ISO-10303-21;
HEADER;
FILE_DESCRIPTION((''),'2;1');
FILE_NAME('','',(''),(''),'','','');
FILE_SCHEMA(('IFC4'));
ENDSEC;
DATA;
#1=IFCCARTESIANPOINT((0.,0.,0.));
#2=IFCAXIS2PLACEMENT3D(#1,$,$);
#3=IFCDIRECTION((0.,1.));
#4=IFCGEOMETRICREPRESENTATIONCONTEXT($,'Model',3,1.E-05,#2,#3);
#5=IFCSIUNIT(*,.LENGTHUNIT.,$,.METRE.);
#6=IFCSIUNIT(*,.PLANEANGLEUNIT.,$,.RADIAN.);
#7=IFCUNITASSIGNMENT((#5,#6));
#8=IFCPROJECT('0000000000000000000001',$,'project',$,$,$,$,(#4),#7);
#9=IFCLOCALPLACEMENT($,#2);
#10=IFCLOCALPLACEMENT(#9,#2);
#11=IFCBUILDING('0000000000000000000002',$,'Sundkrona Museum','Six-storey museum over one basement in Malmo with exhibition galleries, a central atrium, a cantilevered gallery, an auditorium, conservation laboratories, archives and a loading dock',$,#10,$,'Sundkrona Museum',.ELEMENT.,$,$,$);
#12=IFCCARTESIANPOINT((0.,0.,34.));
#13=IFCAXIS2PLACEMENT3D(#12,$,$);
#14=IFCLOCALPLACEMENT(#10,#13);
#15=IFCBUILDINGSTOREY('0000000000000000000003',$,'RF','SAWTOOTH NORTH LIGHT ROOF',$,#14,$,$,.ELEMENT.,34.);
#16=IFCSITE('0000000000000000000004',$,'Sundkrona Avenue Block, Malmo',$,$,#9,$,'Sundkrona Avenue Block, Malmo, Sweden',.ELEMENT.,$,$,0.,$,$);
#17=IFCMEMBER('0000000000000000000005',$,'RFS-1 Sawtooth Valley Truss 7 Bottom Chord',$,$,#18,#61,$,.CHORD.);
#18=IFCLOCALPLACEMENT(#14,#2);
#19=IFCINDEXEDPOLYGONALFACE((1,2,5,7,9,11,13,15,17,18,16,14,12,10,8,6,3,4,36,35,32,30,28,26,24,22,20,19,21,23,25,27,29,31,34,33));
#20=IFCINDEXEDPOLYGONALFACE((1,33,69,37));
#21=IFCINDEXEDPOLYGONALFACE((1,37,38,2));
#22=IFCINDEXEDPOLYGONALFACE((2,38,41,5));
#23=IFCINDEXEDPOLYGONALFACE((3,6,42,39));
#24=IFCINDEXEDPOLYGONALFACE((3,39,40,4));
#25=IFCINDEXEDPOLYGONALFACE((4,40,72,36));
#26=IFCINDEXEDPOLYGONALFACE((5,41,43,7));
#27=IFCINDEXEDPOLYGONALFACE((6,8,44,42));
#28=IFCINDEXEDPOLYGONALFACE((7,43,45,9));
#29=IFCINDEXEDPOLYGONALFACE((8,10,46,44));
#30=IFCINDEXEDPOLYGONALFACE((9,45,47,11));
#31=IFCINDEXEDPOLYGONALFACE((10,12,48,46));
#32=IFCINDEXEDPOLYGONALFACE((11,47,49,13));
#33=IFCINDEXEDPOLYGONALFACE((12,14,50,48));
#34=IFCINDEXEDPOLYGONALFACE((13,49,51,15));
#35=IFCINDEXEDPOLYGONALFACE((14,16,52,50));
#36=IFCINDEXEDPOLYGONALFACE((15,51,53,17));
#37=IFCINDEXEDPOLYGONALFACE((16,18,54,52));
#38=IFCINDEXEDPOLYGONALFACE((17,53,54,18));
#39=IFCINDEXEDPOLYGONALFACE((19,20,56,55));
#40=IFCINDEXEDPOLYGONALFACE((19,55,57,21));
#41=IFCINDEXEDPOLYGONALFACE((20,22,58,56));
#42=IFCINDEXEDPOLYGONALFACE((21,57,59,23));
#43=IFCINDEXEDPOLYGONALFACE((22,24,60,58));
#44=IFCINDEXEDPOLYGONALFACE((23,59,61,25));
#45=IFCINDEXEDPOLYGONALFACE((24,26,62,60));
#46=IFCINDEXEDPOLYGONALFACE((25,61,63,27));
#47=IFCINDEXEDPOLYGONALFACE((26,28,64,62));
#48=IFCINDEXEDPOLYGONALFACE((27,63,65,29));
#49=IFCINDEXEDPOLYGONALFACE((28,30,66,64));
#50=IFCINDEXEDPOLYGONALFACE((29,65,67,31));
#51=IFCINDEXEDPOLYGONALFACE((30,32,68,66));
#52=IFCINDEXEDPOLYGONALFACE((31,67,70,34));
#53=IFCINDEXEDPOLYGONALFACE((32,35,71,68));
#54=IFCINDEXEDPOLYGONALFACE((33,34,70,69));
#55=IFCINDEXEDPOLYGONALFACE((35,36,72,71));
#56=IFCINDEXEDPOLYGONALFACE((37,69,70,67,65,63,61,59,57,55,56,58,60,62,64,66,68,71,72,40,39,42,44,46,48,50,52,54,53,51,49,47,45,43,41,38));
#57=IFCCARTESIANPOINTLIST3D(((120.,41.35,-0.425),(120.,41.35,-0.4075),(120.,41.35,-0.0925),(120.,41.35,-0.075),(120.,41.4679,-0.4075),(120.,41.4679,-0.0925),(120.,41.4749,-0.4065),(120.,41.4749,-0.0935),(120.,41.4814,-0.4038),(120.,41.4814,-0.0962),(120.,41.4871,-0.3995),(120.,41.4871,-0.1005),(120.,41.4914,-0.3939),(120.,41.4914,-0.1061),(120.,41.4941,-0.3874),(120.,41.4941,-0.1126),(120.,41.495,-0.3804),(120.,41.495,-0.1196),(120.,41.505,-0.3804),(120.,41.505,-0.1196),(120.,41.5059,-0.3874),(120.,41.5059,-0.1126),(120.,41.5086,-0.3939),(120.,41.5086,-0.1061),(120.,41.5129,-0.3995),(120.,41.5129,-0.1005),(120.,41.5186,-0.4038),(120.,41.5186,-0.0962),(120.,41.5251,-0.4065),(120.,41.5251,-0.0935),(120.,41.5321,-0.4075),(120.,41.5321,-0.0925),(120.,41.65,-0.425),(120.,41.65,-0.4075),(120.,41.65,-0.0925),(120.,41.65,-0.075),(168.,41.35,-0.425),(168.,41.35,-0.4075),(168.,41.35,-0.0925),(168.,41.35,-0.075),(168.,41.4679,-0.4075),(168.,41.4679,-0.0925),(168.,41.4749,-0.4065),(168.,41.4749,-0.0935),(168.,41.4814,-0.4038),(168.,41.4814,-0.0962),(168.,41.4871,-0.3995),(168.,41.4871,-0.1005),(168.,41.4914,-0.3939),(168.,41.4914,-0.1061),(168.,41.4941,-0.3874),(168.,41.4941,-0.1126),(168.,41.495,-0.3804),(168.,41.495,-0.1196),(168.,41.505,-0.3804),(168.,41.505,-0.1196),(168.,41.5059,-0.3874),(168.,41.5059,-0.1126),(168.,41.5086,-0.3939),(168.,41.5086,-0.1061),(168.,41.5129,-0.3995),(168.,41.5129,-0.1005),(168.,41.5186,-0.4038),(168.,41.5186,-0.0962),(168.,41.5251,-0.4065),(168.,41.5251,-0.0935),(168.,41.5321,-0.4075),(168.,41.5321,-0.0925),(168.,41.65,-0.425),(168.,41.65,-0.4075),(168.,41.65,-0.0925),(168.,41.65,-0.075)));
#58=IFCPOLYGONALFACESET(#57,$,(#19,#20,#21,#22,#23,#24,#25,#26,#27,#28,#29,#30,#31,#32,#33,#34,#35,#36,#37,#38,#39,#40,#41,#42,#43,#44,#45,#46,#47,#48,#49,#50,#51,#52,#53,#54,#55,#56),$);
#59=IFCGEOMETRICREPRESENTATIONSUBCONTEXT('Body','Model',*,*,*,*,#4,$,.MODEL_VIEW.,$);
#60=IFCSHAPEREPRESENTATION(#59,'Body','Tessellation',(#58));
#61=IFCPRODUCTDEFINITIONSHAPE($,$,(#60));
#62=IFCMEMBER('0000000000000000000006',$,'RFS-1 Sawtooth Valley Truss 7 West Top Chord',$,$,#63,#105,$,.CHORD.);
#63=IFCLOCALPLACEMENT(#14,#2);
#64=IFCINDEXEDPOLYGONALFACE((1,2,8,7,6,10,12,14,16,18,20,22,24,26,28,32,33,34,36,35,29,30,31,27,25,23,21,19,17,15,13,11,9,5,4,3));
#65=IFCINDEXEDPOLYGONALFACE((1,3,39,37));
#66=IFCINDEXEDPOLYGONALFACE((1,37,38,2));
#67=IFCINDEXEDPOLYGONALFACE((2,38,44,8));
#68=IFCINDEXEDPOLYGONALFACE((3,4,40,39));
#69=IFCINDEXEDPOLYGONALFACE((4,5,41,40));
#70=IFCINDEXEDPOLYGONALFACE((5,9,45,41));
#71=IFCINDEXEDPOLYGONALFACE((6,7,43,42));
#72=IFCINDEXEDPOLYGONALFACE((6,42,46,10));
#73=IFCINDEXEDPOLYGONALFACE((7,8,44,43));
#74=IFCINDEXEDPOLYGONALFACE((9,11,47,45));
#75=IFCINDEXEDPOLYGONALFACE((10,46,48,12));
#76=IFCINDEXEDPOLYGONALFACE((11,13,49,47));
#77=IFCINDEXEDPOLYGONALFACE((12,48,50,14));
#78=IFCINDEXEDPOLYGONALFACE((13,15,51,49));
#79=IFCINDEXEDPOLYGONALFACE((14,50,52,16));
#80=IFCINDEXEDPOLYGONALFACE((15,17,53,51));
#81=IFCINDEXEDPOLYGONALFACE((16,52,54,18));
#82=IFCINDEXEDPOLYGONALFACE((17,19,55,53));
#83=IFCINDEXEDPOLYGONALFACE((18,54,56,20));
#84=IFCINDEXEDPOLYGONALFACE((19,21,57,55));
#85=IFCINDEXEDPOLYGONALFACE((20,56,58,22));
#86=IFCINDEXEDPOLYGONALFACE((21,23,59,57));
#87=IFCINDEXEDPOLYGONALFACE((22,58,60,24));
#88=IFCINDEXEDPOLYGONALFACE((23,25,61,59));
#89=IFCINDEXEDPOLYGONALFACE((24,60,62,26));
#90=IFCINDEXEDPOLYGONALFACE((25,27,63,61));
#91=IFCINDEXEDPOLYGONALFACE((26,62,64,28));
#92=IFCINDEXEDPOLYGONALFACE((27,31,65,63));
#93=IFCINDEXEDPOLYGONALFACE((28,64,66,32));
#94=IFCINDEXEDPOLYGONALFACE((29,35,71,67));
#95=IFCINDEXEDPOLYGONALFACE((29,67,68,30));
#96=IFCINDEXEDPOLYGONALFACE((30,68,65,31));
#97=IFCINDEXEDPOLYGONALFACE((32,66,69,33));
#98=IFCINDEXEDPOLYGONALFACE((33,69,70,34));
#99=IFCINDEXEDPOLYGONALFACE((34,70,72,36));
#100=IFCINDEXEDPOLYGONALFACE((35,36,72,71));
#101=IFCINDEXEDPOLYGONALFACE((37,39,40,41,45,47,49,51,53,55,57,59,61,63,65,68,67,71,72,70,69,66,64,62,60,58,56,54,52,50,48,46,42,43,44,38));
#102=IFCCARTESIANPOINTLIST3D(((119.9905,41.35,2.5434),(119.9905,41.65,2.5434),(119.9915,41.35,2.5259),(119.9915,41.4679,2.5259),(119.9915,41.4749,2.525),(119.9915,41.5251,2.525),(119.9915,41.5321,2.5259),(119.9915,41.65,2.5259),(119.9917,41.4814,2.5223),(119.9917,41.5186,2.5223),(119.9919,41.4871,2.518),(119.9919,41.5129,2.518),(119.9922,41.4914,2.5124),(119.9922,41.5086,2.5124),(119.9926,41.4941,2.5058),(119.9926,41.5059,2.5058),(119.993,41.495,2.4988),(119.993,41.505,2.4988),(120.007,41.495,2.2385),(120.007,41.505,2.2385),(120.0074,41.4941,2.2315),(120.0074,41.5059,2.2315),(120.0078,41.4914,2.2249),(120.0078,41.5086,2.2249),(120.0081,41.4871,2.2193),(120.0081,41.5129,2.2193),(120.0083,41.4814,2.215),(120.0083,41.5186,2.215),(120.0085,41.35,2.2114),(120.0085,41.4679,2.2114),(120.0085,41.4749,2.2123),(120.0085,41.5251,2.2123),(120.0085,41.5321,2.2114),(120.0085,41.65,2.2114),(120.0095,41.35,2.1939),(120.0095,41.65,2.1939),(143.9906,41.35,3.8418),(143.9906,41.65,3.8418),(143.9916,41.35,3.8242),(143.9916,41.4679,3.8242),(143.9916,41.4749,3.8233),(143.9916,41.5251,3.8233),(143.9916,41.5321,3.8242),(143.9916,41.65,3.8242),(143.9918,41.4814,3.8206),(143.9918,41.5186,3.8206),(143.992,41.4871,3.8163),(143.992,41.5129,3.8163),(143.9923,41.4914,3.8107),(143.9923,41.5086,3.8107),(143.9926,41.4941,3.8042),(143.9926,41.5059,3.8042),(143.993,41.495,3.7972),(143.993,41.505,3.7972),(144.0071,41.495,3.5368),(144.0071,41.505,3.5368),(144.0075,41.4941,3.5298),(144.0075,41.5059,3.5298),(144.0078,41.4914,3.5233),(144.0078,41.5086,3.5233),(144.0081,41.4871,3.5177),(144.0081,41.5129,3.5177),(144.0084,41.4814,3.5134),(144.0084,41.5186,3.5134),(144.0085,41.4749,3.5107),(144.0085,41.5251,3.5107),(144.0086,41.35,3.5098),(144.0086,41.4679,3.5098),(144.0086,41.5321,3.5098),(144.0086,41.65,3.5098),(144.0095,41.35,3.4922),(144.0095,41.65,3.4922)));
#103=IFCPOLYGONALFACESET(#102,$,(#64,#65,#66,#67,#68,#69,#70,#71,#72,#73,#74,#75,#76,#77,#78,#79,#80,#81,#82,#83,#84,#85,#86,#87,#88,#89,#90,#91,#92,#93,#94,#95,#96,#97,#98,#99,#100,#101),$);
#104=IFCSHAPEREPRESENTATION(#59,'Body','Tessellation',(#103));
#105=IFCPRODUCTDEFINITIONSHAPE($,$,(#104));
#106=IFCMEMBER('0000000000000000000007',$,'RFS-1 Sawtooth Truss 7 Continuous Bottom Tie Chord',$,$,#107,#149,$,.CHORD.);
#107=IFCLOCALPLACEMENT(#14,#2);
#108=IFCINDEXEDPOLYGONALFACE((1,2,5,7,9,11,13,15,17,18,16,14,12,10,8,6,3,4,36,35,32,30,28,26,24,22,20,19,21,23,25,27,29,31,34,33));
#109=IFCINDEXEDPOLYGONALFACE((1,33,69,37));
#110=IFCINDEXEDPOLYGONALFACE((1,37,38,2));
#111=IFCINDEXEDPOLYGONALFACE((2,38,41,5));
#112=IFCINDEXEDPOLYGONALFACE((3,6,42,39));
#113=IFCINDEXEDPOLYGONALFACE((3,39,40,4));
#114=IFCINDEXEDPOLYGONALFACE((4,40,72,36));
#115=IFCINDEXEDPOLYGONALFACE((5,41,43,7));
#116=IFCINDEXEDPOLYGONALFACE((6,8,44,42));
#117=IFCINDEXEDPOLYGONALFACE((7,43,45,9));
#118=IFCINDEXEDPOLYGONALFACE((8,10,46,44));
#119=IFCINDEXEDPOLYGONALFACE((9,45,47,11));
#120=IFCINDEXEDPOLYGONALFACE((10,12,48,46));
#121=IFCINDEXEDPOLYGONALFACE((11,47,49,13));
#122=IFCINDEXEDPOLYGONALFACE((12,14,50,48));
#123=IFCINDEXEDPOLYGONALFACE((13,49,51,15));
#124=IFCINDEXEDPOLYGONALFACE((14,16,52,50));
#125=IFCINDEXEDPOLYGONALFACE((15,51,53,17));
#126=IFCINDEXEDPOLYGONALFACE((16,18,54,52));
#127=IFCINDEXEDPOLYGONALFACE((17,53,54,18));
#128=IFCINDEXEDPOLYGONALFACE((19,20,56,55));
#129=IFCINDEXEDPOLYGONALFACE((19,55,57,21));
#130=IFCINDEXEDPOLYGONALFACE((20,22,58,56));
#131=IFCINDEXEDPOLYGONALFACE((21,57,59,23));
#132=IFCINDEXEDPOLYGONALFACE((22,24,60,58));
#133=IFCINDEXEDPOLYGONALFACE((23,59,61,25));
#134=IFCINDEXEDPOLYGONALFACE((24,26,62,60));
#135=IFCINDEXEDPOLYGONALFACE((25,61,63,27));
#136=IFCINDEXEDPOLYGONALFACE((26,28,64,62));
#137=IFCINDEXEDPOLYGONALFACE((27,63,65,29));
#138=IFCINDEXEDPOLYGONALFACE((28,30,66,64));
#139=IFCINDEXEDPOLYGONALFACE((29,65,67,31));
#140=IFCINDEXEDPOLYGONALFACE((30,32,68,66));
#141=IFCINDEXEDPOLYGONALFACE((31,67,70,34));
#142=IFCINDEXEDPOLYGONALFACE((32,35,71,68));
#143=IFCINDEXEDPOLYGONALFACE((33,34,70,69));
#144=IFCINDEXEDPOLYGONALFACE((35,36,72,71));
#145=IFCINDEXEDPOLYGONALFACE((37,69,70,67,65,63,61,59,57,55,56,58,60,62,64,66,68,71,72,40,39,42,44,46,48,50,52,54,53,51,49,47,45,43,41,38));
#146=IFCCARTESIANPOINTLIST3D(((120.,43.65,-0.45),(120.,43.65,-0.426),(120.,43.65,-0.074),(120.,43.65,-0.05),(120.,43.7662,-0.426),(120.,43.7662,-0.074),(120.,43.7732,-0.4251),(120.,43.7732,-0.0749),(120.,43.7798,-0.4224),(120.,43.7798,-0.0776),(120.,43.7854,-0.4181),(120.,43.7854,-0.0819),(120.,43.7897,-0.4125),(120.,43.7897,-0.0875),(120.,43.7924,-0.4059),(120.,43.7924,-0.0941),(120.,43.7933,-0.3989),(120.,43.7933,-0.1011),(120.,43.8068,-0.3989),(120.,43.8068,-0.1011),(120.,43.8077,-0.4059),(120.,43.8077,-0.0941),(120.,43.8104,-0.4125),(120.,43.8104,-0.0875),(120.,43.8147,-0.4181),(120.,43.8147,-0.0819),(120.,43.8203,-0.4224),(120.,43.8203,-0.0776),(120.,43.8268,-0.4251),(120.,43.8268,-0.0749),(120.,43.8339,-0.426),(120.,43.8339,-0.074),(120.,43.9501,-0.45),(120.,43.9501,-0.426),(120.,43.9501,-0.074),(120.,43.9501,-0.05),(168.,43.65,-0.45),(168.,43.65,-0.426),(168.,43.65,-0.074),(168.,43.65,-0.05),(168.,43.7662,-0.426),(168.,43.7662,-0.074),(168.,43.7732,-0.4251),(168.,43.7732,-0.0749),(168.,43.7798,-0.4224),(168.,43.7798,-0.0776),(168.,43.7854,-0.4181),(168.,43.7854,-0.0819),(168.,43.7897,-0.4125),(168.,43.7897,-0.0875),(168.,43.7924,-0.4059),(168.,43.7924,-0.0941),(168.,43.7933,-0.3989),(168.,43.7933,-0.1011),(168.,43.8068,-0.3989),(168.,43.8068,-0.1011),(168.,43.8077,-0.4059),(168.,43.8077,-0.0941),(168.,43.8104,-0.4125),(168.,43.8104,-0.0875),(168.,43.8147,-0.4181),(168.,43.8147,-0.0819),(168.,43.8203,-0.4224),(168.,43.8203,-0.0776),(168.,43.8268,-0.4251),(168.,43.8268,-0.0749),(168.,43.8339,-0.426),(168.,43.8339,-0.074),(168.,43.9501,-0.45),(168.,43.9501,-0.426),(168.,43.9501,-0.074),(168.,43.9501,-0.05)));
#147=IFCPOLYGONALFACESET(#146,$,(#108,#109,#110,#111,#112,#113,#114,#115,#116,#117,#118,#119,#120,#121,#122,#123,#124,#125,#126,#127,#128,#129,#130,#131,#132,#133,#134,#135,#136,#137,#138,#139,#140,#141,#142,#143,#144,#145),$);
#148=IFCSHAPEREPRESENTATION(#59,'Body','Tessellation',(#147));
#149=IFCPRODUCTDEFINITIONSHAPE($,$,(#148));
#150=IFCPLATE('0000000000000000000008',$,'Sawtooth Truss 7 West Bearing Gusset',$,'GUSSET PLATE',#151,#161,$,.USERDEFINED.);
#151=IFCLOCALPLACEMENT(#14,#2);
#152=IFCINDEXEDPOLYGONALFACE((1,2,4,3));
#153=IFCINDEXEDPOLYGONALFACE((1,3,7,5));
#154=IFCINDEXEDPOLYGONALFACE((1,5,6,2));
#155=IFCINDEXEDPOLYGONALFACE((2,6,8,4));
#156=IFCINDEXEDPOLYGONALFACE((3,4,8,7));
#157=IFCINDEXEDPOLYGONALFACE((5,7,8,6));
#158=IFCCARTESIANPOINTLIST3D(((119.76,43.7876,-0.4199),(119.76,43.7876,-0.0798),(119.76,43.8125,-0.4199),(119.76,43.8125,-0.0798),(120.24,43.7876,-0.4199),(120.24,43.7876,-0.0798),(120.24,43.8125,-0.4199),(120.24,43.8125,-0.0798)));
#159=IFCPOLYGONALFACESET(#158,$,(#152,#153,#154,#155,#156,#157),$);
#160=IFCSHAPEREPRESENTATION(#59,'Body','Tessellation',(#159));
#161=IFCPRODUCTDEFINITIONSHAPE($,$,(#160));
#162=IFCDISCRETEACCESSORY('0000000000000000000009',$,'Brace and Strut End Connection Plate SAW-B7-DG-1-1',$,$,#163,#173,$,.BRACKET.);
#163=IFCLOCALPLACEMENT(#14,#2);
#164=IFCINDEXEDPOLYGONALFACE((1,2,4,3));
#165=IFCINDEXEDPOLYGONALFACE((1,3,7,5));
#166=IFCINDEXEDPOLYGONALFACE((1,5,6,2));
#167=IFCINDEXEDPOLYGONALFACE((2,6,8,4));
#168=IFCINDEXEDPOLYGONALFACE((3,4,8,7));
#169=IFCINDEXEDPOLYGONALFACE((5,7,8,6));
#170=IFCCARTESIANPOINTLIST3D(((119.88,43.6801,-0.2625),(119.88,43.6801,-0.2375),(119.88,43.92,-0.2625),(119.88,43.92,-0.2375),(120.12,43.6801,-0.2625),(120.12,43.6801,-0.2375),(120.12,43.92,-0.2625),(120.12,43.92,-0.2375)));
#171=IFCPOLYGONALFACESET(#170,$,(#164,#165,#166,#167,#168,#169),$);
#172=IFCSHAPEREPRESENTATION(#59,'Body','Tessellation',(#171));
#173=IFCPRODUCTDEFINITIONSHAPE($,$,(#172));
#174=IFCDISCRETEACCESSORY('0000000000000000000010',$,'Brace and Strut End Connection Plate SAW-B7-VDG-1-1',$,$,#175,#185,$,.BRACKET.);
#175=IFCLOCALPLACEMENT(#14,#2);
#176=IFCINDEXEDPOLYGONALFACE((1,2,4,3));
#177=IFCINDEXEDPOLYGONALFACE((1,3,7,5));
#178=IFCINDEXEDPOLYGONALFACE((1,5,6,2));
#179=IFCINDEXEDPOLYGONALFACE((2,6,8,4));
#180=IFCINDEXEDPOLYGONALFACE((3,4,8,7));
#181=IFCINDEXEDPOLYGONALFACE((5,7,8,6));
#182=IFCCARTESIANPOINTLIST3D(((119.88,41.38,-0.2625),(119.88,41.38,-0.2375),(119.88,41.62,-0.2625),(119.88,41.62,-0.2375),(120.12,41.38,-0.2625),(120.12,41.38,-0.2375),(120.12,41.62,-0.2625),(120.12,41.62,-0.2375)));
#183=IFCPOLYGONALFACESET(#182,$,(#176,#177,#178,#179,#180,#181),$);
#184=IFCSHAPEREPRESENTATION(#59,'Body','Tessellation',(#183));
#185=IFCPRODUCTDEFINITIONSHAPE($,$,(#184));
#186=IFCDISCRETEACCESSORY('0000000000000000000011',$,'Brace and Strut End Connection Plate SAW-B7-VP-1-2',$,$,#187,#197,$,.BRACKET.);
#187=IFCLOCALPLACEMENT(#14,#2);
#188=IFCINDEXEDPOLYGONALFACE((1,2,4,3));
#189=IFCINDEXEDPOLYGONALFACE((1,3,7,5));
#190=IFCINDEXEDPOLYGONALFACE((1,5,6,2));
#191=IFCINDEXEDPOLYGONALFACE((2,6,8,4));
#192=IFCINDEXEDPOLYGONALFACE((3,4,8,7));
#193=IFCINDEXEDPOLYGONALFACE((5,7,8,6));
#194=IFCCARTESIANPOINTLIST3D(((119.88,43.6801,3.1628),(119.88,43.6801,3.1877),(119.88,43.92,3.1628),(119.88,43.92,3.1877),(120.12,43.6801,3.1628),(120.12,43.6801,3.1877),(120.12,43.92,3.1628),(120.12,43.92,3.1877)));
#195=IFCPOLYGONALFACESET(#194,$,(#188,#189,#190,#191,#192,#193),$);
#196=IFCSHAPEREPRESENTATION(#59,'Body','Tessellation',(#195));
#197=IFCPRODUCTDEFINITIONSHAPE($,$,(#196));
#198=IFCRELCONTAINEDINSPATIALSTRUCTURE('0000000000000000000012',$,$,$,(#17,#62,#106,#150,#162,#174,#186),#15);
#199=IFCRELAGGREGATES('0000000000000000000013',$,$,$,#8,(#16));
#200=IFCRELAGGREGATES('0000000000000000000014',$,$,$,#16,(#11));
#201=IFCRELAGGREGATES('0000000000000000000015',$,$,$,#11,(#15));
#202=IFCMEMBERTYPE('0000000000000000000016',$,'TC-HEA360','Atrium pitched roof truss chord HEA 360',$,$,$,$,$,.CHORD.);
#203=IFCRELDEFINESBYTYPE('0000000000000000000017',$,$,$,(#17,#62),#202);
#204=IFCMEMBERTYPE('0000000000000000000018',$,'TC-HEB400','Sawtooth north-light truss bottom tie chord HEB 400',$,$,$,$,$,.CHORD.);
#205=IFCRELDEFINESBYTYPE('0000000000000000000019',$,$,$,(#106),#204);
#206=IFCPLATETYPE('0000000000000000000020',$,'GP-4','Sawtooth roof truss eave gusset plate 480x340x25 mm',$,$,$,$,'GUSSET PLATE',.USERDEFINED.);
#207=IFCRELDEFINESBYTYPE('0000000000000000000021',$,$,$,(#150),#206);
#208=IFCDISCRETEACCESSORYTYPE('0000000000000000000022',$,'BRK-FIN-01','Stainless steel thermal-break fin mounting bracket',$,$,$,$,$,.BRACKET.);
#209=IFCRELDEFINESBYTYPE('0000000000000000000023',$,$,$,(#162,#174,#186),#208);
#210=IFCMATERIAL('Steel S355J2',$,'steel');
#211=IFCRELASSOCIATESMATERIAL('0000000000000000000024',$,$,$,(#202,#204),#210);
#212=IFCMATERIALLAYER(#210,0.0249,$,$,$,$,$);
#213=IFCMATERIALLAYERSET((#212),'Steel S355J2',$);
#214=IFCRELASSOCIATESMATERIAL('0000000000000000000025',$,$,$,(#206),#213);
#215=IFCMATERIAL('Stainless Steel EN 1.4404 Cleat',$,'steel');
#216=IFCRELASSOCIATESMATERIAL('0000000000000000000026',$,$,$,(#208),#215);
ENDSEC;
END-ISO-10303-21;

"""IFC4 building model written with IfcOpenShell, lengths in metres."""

from ifc_helpers import new_model, si_unit, direction, frame, origin, origin_2d, place, context, subcontext, project, spatial, rectangle, i_section, extrude, material, layer, layer_set, material_profile, profile_set, type_object, element, save


model = new_model("IFC4")

# Units and contexts
model_context = context("Model", 3, precision=1e-05, world=origin(), true_north=direction((0.0, 1.0)))
body_context = subcontext(model_context, "Body", "Model", "MODEL_VIEW")
ifc_project = project(units=[si_unit("LENGTHUNIT", "METRE"), si_unit("PLANEANGLEUNIT", "RADIAN")], contexts=[model_context])

# Site, building, storey
site_placement = place(None, origin())
site = spatial("IfcSite", under=ifc_project, at=site_placement, Name="Sundkrona Avenue Block, Malmo", LongName="Sundkrona Avenue Block, Malmo, Sweden", CompositionType="ELEMENT", RefElevation=0.0)
building_placement = place(site_placement, origin())
building = spatial("IfcBuilding", under=site, at=building_placement, Name="Sundkrona Museum", Description="Six-storey museum over one basement in Malmo with exhibition galleries, a central atrium, a cantilevered gallery, an auditorium, conservation laboratories, archives and a loading dock", LongName="Sundkrona Museum", CompositionType="ELEMENT")
storey_placement = place(building_placement, frame((0.0, 0.0, 34.0)))
storey = spatial("IfcBuildingStorey", under=building, at=storey_placement, Name="RF", Description="SAWTOOTH NORTH LIGHT ROOF", CompositionType="ELEMENT", Elevation=34.0)

# Members
ifc_material_1 = material(Name="Steel S355J2", Category="steel")
ifc_material_profile_1 = material_profile(ifc_material_1, i_section(OverallWidth=0.3, OverallDepth=0.3501, WebThickness=0.01, FlangeThickness=0.0176, FilletRadius=0.0271, at=origin_2d()), Name="HEA 360")
ifc_profile_set_1 = profile_set([ifc_material_profile_1], Name="Steel S355J2")
member_type_1 = type_object("IfcMemberType", Name="TC-HEA360", Description="Atrium pitched roof truss chord HEA 360", PredefinedType="CHORD", material=ifc_profile_set_1)
member_1_placement = place(storey_placement, frame((120.0, 41.5, -0.25), z_axis=(1.0, 0.0, 0.0), x_axis=(0.0, 1.0, 0.0)))
element("IfcMember", 1, at=member_1_placement, inside=storey, type_object=member_type_1, Name="RFS-1 Sawtooth Valley Truss 7 Bottom Chord", PredefinedType="CHORD", context=body_context, shape_type="SweptSolid", body=[
    extrude(i_section(OverallWidth=0.3, OverallDepth=0.3501, WebThickness=0.01, FlangeThickness=0.0176, FilletRadius=0.0271, at=origin_2d()), origin(), (0.0, 0.0, 1.0), 48.0),
])
member_2_placement = place(storey_placement, frame((120.0, 41.5, 2.3687), z_axis=(0.99854, 0.0, 0.054019), x_axis=(0.0, 1.0, 0.0)))
element("IfcMember", 2, at=member_2_placement, inside=storey, type_object=member_type_1, Name="RFS-1 Sawtooth Valley Truss 7 West Top Chord", PredefinedType="CHORD", context=body_context, shape_type="SweptSolid", body=[
    extrude(i_section(OverallWidth=0.3, OverallDepth=0.3501, WebThickness=0.01, FlangeThickness=0.0176, FilletRadius=0.0271, at=origin_2d()), origin(), (0.0, 0.0, 1.0), 24.0352),
])
ifc_material_profile_2 = material_profile(ifc_material_1, i_section(OverallWidth=0.3, OverallDepth=0.3999, WebThickness=0.0134, FlangeThickness=0.0239, FilletRadius=0.0271, at=origin_2d()), Name="HEB 400")
ifc_profile_set_2 = profile_set([ifc_material_profile_2], Name="Steel S355J2")
member_type_2 = type_object("IfcMemberType", Name="TC-HEB400", Description="Sawtooth north-light truss bottom tie chord HEB 400", PredefinedType="CHORD", material=ifc_profile_set_2)
member_3_placement = place(storey_placement, frame((120.0, 43.8, -0.25), z_axis=(1.0, 0.0, 0.0), x_axis=(0.0, 1.0, 0.0)))
element("IfcMember", 3, at=member_3_placement, inside=storey, type_object=member_type_2, Name="RFS-1 Sawtooth Truss 7 Continuous Bottom Tie Chord", PredefinedType="CHORD", context=body_context, shape_type="SweptSolid", body=[
    extrude(i_section(OverallWidth=0.3, OverallDepth=0.3999, WebThickness=0.0134, FlangeThickness=0.0239, FilletRadius=0.0271, at=origin_2d()), origin(), (0.0, 0.0, 1.0), 48.0),
])

# Plate
ifc_layer = layer(ifc_material_1, 0.0249)
ifc_layer_set = layer_set([ifc_layer], Name="Steel S355J2")
plate_type = type_object("IfcPlateType", Name="GP-4", Description="Sawtooth roof truss eave gusset plate 480x340x25 mm", ElementType="GUSSET PLATE", PredefinedType="USERDEFINED", material=ifc_layer_set)
plate_placement = place(storey_placement, frame((120.0, 43.8, -0.4199), z_axis=(0.0, 0.0, 1.0), x_axis=(1.0, 0.0, 0.0)))
element("IfcPlate", 4, at=plate_placement, inside=storey, type_object=plate_type, Name="Sawtooth Truss 7 West Bearing Gusset", ObjectType="GUSSET PLATE", PredefinedType="USERDEFINED", context=body_context, shape_type="SweptSolid", body=[
    extrude(rectangle(XDim=0.48, YDim=0.0249, at=origin_2d()), origin(), (0.0, 0.0, 1.0), 0.3401),
])

# Discrete accessories
ifc_material_2 = material(Name="Stainless Steel EN 1.4404 Cleat", Category="steel")
discrete_accessory_type = type_object("IfcDiscreteAccessoryType", Name="BRK-FIN-01", Description="Stainless steel thermal-break fin mounting bracket", PredefinedType="BRACKET", material=ifc_material_2)
for number, where, z_axis, x_axis, name in (
    (5, (120.0, 43.8, -0.2625), (0.0, 0.0, 1.0), (1.0, 0.0, 0.0), "Brace and Strut End Connection Plate SAW-B7-DG-1-1"),
    (6, (120.0, 41.5, -0.2625), (0.0, 0.0, 1.0), (1.0, 0.0, 0.0), "Brace and Strut End Connection Plate SAW-B7-VDG-1-1"),
    (7, (120.0, 43.8, 3.1628), (0.0, 0.0, 1.0), (1.0, 0.0, 0.0), "Brace and Strut End Connection Plate SAW-B7-VP-1-2"),
):
    element("IfcDiscreteAccessory", number, at=place(storey_placement, frame(where, z_axis=z_axis, x_axis=x_axis)), inside=storey, type_object=discrete_accessory_type, Name=name, PredefinedType="BRACKET", context=body_context, shape_type="SweptSolid", body=[
        extrude(rectangle(XDim=0.24, YDim=0.24, at=origin_2d()), origin(), (0.0, 0.0, 1.0), 0.0249),
    ])

save(model, "model.ifc")
